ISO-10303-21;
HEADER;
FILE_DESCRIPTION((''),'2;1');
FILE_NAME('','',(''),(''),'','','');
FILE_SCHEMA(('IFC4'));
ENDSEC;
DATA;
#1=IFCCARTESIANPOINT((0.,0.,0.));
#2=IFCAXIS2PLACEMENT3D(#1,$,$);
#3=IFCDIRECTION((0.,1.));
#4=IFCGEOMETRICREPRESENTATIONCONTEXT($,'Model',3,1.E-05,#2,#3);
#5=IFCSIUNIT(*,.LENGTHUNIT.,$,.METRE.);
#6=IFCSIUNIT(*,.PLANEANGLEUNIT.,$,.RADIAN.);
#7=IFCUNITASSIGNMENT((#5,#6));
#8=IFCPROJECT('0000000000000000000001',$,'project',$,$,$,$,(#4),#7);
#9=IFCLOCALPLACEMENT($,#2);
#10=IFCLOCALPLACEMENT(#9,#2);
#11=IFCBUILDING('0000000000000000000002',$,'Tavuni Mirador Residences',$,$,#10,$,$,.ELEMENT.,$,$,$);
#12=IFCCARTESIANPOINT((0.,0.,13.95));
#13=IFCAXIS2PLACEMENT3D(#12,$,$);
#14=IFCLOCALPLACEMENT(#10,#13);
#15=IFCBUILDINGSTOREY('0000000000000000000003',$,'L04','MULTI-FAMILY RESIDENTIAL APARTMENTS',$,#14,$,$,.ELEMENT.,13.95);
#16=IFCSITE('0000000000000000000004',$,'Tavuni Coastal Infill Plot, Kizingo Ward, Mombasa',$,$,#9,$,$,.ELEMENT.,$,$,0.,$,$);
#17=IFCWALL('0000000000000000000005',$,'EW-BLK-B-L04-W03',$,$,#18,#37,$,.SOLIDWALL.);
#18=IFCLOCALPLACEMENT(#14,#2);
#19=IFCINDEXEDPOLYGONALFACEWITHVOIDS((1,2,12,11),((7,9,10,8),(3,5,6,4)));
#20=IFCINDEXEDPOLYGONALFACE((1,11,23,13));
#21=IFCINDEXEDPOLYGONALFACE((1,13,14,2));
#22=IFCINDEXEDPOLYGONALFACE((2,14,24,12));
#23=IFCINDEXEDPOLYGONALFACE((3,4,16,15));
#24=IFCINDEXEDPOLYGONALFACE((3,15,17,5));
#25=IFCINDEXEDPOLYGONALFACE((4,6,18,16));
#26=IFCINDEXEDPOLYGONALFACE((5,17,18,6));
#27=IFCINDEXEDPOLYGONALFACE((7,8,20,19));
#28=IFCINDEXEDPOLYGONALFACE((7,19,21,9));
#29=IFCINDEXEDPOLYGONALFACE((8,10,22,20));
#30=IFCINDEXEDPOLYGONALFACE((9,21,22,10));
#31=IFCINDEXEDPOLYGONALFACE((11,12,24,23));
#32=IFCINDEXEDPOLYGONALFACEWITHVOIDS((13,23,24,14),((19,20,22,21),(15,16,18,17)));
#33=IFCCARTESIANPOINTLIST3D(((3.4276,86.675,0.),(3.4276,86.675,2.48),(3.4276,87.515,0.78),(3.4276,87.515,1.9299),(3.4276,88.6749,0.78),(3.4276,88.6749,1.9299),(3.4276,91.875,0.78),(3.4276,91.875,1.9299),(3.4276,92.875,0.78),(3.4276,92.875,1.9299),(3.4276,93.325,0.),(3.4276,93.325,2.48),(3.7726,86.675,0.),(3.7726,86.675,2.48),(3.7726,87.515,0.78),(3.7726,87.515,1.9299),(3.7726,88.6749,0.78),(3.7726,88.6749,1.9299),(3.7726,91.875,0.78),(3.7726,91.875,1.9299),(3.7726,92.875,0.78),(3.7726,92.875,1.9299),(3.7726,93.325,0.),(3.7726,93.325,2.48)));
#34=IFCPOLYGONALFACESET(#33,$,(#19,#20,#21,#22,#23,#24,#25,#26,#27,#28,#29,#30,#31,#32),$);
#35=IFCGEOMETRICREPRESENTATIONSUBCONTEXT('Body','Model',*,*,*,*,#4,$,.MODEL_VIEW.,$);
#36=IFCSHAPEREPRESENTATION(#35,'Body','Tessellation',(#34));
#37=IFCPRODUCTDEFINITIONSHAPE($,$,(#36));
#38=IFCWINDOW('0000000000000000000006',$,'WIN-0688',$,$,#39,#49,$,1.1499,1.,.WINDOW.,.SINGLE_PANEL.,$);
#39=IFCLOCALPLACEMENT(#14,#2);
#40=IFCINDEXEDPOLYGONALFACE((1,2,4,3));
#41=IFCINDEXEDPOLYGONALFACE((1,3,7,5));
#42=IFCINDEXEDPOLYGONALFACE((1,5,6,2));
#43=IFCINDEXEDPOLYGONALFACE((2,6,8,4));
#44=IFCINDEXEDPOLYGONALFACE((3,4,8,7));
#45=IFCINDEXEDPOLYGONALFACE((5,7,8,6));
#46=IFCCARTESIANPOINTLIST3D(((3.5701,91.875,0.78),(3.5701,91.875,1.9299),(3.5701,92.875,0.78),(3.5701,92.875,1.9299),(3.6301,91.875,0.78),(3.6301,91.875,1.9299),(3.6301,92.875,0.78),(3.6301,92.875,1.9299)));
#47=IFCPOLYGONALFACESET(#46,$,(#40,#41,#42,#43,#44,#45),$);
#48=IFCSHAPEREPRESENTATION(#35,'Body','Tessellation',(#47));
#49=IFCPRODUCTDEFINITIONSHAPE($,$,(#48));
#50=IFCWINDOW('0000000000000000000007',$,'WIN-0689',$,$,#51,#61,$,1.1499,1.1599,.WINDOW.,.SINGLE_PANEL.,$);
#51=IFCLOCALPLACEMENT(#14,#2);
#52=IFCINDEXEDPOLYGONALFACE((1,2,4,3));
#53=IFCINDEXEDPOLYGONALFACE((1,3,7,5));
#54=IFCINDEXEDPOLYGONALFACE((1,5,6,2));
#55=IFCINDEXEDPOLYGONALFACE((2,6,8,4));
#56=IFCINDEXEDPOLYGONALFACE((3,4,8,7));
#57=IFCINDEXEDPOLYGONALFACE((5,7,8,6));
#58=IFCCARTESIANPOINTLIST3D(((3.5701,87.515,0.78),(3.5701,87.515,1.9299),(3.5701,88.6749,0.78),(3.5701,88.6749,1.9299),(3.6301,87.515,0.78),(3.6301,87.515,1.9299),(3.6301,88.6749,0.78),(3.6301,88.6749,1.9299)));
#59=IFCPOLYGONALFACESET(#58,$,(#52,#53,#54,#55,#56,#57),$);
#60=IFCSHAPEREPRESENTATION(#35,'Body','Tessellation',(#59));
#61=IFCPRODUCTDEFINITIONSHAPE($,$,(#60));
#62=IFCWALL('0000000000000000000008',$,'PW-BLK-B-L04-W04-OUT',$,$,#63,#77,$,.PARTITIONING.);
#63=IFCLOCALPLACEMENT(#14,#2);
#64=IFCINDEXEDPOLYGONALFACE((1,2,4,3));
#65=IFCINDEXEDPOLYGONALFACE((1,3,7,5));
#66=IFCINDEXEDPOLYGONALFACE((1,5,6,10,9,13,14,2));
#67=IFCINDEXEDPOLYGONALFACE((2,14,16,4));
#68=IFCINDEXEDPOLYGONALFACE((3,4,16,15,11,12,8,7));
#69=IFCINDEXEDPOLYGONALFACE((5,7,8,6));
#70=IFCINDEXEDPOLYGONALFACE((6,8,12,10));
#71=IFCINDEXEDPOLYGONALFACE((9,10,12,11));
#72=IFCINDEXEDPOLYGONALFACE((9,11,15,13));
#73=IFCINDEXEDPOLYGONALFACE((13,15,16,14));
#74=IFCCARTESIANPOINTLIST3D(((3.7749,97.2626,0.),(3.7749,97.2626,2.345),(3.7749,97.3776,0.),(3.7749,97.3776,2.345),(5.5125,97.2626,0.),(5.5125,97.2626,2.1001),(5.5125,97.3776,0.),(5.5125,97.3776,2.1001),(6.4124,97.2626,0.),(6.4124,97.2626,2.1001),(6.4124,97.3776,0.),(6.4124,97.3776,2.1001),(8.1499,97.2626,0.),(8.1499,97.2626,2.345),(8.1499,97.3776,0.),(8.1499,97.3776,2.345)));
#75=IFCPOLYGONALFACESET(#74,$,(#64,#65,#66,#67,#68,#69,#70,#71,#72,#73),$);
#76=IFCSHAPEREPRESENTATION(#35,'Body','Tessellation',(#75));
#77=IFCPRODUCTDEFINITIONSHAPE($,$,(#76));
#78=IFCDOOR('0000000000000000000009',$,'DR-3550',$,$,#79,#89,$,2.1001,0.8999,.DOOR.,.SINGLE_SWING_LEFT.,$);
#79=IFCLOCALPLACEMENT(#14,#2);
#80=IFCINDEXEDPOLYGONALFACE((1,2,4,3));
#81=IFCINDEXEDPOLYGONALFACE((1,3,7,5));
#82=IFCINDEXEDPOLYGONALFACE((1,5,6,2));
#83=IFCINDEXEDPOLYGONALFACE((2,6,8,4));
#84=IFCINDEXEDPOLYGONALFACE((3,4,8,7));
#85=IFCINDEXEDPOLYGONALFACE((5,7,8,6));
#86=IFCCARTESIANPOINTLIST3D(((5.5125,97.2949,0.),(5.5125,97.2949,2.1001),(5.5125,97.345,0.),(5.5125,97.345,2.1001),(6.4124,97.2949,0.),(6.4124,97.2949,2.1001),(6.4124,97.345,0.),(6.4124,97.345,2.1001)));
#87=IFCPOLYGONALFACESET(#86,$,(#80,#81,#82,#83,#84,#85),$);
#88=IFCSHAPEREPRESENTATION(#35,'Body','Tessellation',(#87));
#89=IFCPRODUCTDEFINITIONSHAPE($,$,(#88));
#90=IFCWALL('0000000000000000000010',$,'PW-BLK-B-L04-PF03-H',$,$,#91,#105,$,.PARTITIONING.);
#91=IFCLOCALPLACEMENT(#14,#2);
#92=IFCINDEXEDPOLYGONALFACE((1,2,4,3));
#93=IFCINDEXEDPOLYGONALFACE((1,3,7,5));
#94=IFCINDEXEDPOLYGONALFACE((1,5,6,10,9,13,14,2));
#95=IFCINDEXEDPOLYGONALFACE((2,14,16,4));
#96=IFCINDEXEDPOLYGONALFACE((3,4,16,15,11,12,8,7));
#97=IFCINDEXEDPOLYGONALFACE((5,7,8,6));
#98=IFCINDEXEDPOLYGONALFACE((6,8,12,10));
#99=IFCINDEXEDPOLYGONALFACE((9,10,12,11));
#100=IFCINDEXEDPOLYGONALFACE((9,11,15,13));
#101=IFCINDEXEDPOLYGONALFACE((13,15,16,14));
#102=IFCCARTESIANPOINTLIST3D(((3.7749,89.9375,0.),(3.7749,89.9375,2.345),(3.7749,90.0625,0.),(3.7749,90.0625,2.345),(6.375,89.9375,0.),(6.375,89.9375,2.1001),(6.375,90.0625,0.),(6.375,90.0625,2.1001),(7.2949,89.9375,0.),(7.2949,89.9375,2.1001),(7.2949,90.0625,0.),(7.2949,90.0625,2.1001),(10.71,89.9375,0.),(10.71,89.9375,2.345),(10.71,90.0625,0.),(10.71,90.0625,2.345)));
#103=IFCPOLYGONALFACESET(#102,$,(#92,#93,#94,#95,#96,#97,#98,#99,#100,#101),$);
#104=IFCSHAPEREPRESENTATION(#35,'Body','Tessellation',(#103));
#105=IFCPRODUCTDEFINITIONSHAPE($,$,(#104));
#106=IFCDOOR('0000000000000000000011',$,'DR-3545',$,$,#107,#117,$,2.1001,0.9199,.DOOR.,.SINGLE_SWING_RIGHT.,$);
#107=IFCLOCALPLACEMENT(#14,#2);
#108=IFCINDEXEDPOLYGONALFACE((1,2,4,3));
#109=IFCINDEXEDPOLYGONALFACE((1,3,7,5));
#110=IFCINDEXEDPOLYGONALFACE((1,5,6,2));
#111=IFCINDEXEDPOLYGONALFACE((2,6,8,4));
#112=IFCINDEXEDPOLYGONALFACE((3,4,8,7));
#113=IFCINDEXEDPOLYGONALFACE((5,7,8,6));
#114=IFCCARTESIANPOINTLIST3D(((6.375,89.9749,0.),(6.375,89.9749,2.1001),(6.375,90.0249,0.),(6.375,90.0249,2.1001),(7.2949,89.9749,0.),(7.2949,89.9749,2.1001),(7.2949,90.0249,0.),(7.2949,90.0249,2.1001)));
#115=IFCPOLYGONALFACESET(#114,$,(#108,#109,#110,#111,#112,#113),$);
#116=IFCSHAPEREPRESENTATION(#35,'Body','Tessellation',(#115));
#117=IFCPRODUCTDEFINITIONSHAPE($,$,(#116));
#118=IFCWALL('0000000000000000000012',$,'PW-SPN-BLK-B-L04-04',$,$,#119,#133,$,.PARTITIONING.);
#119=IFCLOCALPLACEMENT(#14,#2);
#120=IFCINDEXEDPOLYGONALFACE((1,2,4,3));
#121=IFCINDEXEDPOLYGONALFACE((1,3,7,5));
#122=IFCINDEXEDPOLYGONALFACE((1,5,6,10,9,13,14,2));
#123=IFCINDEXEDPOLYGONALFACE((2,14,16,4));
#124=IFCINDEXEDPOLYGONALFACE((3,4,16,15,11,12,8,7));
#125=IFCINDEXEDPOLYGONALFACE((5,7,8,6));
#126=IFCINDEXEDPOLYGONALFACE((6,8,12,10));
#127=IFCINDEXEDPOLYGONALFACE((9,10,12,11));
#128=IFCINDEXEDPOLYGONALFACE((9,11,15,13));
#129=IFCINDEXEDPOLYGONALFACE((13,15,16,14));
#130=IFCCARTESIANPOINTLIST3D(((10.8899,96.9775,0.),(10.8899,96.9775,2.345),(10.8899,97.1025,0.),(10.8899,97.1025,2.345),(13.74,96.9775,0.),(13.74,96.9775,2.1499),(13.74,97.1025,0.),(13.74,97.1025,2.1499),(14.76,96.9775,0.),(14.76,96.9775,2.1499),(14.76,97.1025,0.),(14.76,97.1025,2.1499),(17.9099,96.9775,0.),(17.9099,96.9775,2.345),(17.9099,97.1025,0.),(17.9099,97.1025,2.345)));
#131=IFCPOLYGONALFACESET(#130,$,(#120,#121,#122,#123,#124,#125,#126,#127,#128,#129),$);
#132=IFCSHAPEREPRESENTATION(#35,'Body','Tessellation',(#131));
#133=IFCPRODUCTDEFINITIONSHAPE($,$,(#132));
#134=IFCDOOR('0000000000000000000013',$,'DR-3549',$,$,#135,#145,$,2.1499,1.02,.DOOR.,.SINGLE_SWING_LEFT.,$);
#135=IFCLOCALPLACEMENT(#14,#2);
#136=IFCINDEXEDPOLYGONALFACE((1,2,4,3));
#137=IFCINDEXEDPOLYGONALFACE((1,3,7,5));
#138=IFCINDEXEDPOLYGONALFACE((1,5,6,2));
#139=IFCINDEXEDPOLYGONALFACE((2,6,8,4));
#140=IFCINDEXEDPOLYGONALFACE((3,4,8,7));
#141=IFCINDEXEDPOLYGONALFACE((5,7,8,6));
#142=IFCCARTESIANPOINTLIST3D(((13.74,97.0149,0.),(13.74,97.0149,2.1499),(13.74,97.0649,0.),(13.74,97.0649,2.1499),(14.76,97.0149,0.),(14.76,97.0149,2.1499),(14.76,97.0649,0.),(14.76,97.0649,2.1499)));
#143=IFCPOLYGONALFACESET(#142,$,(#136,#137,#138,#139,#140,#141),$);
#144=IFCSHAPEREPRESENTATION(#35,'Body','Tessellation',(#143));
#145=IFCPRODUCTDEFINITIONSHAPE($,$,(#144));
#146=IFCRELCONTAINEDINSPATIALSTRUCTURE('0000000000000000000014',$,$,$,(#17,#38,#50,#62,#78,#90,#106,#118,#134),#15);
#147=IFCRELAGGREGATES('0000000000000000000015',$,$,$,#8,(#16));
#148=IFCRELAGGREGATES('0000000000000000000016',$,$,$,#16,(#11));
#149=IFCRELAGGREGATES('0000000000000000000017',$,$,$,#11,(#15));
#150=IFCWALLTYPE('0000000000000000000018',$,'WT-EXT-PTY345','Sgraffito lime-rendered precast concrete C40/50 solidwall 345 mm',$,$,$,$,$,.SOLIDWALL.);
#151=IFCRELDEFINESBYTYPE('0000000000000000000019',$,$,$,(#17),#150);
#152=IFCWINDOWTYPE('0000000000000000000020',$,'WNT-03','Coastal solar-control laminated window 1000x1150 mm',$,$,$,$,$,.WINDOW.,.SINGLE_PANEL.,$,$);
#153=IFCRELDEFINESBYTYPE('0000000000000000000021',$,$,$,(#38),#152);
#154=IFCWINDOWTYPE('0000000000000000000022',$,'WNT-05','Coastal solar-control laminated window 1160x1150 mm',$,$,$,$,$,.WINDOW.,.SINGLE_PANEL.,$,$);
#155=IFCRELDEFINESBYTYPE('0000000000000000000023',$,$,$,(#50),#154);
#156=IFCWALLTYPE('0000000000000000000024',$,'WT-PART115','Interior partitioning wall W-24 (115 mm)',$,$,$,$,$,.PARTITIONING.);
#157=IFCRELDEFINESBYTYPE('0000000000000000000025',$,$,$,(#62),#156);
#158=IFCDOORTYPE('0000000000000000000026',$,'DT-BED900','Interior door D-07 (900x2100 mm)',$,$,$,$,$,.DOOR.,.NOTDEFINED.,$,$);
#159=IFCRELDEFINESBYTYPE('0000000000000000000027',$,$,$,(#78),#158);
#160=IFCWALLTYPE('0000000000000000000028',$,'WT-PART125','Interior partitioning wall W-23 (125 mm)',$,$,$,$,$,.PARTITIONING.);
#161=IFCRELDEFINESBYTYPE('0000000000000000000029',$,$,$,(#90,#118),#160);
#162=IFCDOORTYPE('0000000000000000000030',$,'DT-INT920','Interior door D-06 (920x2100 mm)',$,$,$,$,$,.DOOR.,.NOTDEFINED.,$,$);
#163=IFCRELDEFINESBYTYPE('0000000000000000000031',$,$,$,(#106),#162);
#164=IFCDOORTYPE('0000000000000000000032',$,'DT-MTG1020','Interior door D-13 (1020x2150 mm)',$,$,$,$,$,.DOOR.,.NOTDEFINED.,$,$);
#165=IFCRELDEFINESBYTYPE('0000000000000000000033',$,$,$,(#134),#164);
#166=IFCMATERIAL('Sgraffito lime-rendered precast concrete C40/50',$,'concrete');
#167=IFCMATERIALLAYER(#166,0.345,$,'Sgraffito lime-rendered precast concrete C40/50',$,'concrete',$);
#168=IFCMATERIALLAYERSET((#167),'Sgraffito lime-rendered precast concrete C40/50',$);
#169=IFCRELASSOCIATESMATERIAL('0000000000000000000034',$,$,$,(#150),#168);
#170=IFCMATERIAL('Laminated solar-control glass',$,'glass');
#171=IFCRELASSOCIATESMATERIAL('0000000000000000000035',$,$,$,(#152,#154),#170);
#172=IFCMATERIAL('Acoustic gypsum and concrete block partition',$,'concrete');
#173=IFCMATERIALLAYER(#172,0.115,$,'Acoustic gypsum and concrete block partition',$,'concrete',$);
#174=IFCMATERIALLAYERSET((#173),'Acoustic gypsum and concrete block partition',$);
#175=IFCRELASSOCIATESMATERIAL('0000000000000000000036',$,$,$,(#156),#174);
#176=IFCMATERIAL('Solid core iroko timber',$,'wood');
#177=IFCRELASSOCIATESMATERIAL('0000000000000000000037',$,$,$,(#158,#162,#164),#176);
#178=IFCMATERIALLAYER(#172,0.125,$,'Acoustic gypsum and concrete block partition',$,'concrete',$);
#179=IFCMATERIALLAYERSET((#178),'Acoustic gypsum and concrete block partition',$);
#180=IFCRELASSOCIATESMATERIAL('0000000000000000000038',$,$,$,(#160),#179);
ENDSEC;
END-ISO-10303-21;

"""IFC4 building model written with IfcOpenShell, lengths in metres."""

from ifc_helpers import new_model, si_unit, direction, frame, frame_2d, origin, place, context, subcontext, project, spatial, rectangle, extrude, material, layer, layer_set, type_object, element, fill, save


model = new_model("IFC4")

# Units and contexts
model_context = context("Model", 3, precision=1e-05, world=origin(), true_north=direction((0.0, 1.0)))
body_context = subcontext(model_context, "Body", "Model", "MODEL_VIEW")
ifc_project = project(units=[si_unit("LENGTHUNIT", "METRE"), si_unit("PLANEANGLEUNIT", "RADIAN")], contexts=[model_context])

# Site, building, storey
site_placement = place(None, origin())
site = spatial("IfcSite", under=ifc_project, at=site_placement, Name="Tavuni Coastal Infill Plot, Kizingo Ward, Mombasa", CompositionType="ELEMENT", RefElevation=0.0)
building_placement = place(site_placement, origin())
building = spatial("IfcBuilding", under=site, at=building_placement, Name="Tavuni Mirador Residences", CompositionType="ELEMENT")
storey_placement = place(building_placement, frame((0.0, 0.0, 13.95)))
storey = spatial("IfcBuildingStorey", under=building, at=storey_placement, Name="L04", Description="MULTI-FAMILY RESIDENTIAL APARTMENTS", CompositionType="ELEMENT", Elevation=13.95)

# Shared definitions
ifc_material_1 = material(Name="Solid core iroko timber", Category="wood")

# Wall, openings, windows
ifc_material_2 = material(Name="Sgraffito lime-rendered precast concrete C40/50", Category="concrete")
ifc_layer_1 = layer(ifc_material_2, 0.345, Name="Sgraffito lime-rendered precast concrete C40/50", Category="concrete")
ifc_layer_set_1 = layer_set([ifc_layer_1], Name="Sgraffito lime-rendered precast concrete C40/50")
wall_type_1 = type_object("IfcWallType", Name="WT-EXT-PTY345", Description="Sgraffito lime-rendered precast concrete C40/50 solidwall 345 mm", PredefinedType="SOLIDWALL", material=ifc_layer_set_1)
wall_1_placement = place(storey_placement, frame((3.6001, 93.325, 0.0), z_axis=(0.0, 0.0, 1.0), x_axis=(0.0, -1.0, 0.0)))
wall_1 = element("IfcWall", 1, at=wall_1_placement, inside=storey, type_object=wall_type_1, Name="EW-BLK-B-L04-W03", PredefinedType="SOLIDWALL", context=body_context, shape_type="SweptSolid", body=[
    extrude(rectangle(XDim=6.6499, YDim=0.345, at=frame_2d((3.325, 0.0))), origin(), (0.0, 0.0, 1.0), 2.48),
])
opening_1_placement = place(wall_1_placement, frame((0.45, 0.0, 0.78)))
opening_1 = element("IfcOpeningElement", 2, at=opening_1_placement, cuts=wall_1, PredefinedType="OPENING", context=body_context, shape_type="SweptSolid", body=[
    extrude(rectangle(XDim=1.0, YDim=1.1499, at=frame_2d((0.5, 0.575))), frame((0.0, 0.1826, 0.0), z_axis=(0.0, -1.0, 0.0), x_axis=(1.0, 0.0, 0.0)), (0.0, 0.0, 1.0), 0.365),
])
opening_2_placement = place(wall_1_placement, frame((4.6499, 0.0, 0.78)))
opening_2 = element("IfcOpeningElement", 3, at=opening_2_placement, cuts=wall_1, PredefinedType="OPENING", context=body_context, shape_type="SweptSolid", body=[
    extrude(rectangle(XDim=1.1599, YDim=1.1499, at=frame_2d((0.5801, 0.575))), frame((0.0, 0.1826, 0.0), z_axis=(0.0, -1.0, 0.0), x_axis=(1.0, 0.0, 0.0)), (0.0, 0.0, 1.0), 0.365),
])
ifc_material_3 = material(Name="Laminated solar-control glass", Category="glass")
window_type_1 = type_object("IfcWindowType", Name="WNT-03", Description="Coastal solar-control laminated window 1000x1150 mm", PartitioningType="SINGLE_PANEL", PredefinedType="WINDOW", material=ifc_material_3)
window_1_placement = place(opening_1_placement, origin())
window_1 = element("IfcWindow", 4, at=window_1_placement, inside=storey, type_object=window_type_1, Name="WIN-0688", OverallHeight=1.1499, OverallWidth=1.0, PartitioningType="SINGLE_PANEL", PredefinedType="WINDOW", context=body_context, shape_type="SweptSolid", body=[
    extrude(rectangle(XDim=1.0, YDim=1.1499, at=frame_2d((0.5, 0.575))), frame((0.0, 0.03, 0.0), z_axis=(0.0, -1.0, 0.0), x_axis=(1.0, 0.0, 0.0)), (0.0, 0.0, 1.0), 0.0601),
])
fill(opening_1, window_1)
window_type_2 = type_object("IfcWindowType", Name="WNT-05", Description="Coastal solar-control laminated window 1160x1150 mm", PartitioningType="SINGLE_PANEL", PredefinedType="WINDOW", material=ifc_material_3)
window_2_placement = place(opening_2_placement, origin())
window_2 = element("IfcWindow", 5, at=window_2_placement, inside=storey, type_object=window_type_2, Name="WIN-0689", OverallHeight=1.1499, OverallWidth=1.1599, PartitioningType="SINGLE_PANEL", PredefinedType="WINDOW", context=body_context, shape_type="SweptSolid", body=[
    extrude(rectangle(XDim=1.1599, YDim=1.1499, at=frame_2d((0.5801, 0.575))), frame((0.0, 0.03, 0.0), z_axis=(0.0, -1.0, 0.0), x_axis=(1.0, 0.0, 0.0)), (0.0, 0.0, 1.0), 0.0601),
])
fill(opening_2, window_2)

# Walls, openings, doors
ifc_material_4 = material(Name="Acoustic gypsum and concrete block partition", Category="concrete")
ifc_layer_2 = layer(ifc_material_4, 0.115, Name="Acoustic gypsum and concrete block partition", Category="concrete")
ifc_layer_set_2 = layer_set([ifc_layer_2], Name="Acoustic gypsum and concrete block partition")
wall_type_2 = type_object("IfcWallType", Name="WT-PART115", Description="Interior partitioning wall W-24 (115 mm)", PredefinedType="PARTITIONING", material=ifc_layer_set_2)
wall_2_placement = place(storey_placement, frame((3.7749, 97.3201, 0.0), z_axis=(0.0, 0.0, 1.0), x_axis=(1.0, 0.0, 0.0)))
wall_2 = element("IfcWall", 6, at=wall_2_placement, inside=storey, type_object=wall_type_2, Name="PW-BLK-B-L04-W04-OUT", PredefinedType="PARTITIONING", context=body_context, shape_type="SweptSolid", body=[
    extrude(rectangle(XDim=4.375, YDim=0.115, at=frame_2d((2.1875, 0.0))), origin(), (0.0, 0.0, 1.0), 2.345),
])
opening_3_placement = place(wall_2_placement, frame((1.7375, 0.0, 0.0)))
opening_3 = element("IfcOpeningElement", 7, at=opening_3_placement, cuts=wall_2, PredefinedType="OPENING", context=body_context, shape_type="SweptSolid", body=[
    extrude(rectangle(XDim=0.8999, YDim=2.1001, at=frame_2d((0.45, 1.05))), frame((0.0, 0.0674, 0.0), z_axis=(0.0, -1.0, 0.0), x_axis=(1.0, 0.0, 0.0)), (0.0, 0.0, 1.0), 0.135),
])
door_type_1 = type_object("IfcDoorType", Name="DT-BED900", Description="Interior door D-07 (900x2100 mm)", OperationType="NOTDEFINED", PredefinedType="DOOR", material=ifc_material_1)
door_1_placement = place(opening_3_placement, origin())
door_1 = element("IfcDoor", 8, at=door_1_placement, inside=storey, type_object=door_type_1, Name="DR-3550", OperationType="SINGLE_SWING_LEFT", OverallHeight=2.1001, OverallWidth=0.8999, PredefinedType="DOOR", context=body_context, shape_type="SweptSolid", body=[
    extrude(rectangle(XDim=0.8999, YDim=2.1001, at=frame_2d((0.45, 1.05))), frame((0.0, 0.0249, 0.0), z_axis=(0.0, -1.0, 0.0), x_axis=(1.0, 0.0, 0.0)), (0.0, 0.0, 1.0), 0.05),
])
fill(opening_3, door_1)
ifc_layer_3 = layer(ifc_material_4, 0.125, Name="Acoustic gypsum and concrete block partition", Category="concrete")
ifc_layer_set_3 = layer_set([ifc_layer_3], Name="Acoustic gypsum and concrete block partition")
wall_type_3 = type_object("IfcWallType", Name="WT-PART125", Description="Interior partitioning wall W-23 (125 mm)", PredefinedType="PARTITIONING", material=ifc_layer_set_3)
wall_3_placement = place(storey_placement, frame((3.7749, 90.0, 0.0), z_axis=(0.0, 0.0, 1.0), x_axis=(1.0, 0.0, 0.0)))
wall_3 = element("IfcWall", 9, at=wall_3_placement, inside=storey, type_object=wall_type_3, Name="PW-BLK-B-L04-PF03-H", PredefinedType="PARTITIONING", context=body_context, shape_type="SweptSolid", body=[
    extrude(rectangle(XDim=6.9351, YDim=0.125, at=frame_2d((3.4675, 0.0))), origin(), (0.0, 0.0, 1.0), 2.345),
])
opening_4_placement = place(wall_3_placement, frame((2.6001, 0.0, 0.0)))
opening_4 = element("IfcOpeningElement", 10, at=opening_4_placement, cuts=wall_3, PredefinedType="OPENING", context=body_context, shape_type="SweptSolid", body=[
    extrude(rectangle(XDim=0.9199, YDim=2.1001, at=frame_2d((0.46, 1.05))), frame((0.0, 0.0725, 0.0), z_axis=(0.0, -1.0, 0.0), x_axis=(1.0, 0.0, 0.0)), (0.0, 0.0, 1.0), 0.145),
])
door_type_2 = type_object("IfcDoorType", Name="DT-INT920", Description="Interior door D-06 (920x2100 mm)", OperationType="NOTDEFINED", PredefinedType="DOOR", material=ifc_material_1)
door_2_placement = place(opening_4_placement, origin())
door_2 = element("IfcDoor", 11, at=door_2_placement, inside=storey, type_object=door_type_2, Name="DR-3545", OperationType="SINGLE_SWING_RIGHT", OverallHeight=2.1001, OverallWidth=0.9199, PredefinedType="DOOR", context=body_context, shape_type="SweptSolid", body=[
    extrude(rectangle(XDim=0.9199, YDim=2.1001, at=frame_2d((0.46, 1.05))), frame((0.0, 0.0249, 0.0), z_axis=(0.0, -1.0, 0.0), x_axis=(1.0, 0.0, 0.0)), (0.0, 0.0, 1.0), 0.05),
])
fill(opening_4, door_2)
wall_4_placement = place(storey_placement, frame((10.8899, 97.04, 0.0), z_axis=(0.0, 0.0, 1.0), x_axis=(1.0, 0.0, 0.0)))
wall_4 = element("IfcWall", 12, at=wall_4_placement, inside=storey, type_object=wall_type_3, Name="PW-SPN-BLK-B-L04-04", PredefinedType="PARTITIONING", context=body_context, shape_type="SweptSolid", body=[
    extrude(rectangle(XDim=7.02, YDim=0.125, at=frame_2d((3.51, 0.0))), origin(), (0.0, 0.0, 1.0), 2.345),
])
opening_5_placement = place(wall_4_placement, frame((2.8501, 0.0, 0.0)))
opening_5 = element("IfcOpeningElement", 13, at=opening_5_placement, cuts=wall_4, PredefinedType="OPENING", context=body_context, shape_type="SweptSolid", body=[
    extrude(rectangle(XDim=1.02, YDim=2.1499, at=frame_2d((0.51, 1.075))), frame((0.0, 0.0725, 0.0), z_axis=(0.0, -1.0, 0.0), x_axis=(1.0, 0.0, 0.0)), (0.0, 0.0, 1.0), 0.145),
])
door_type_3 = type_object("IfcDoorType", Name="DT-MTG1020", Description="Interior door D-13 (1020x2150 mm)", OperationType="NOTDEFINED", PredefinedType="DOOR", material=ifc_material_1)
door_3_placement = place(opening_5_placement, origin())
door_3 = element("IfcDoor", 14, at=door_3_placement, inside=storey, type_object=door_type_3, Name="DR-3549", OperationType="SINGLE_SWING_LEFT", OverallHeight=2.1499, OverallWidth=1.02, PredefinedType="DOOR", context=body_context, shape_type="SweptSolid", body=[
    extrude(rectangle(XDim=1.02, YDim=2.1499, at=frame_2d((0.51, 1.075))), frame((0.0, 0.0249, 0.0), z_axis=(0.0, -1.0, 0.0), x_axis=(1.0, 0.0, 0.0)), (0.0, 0.0, 1.0), 0.05),
])
fill(opening_5, door_3)

save(model, "model.ifc")
